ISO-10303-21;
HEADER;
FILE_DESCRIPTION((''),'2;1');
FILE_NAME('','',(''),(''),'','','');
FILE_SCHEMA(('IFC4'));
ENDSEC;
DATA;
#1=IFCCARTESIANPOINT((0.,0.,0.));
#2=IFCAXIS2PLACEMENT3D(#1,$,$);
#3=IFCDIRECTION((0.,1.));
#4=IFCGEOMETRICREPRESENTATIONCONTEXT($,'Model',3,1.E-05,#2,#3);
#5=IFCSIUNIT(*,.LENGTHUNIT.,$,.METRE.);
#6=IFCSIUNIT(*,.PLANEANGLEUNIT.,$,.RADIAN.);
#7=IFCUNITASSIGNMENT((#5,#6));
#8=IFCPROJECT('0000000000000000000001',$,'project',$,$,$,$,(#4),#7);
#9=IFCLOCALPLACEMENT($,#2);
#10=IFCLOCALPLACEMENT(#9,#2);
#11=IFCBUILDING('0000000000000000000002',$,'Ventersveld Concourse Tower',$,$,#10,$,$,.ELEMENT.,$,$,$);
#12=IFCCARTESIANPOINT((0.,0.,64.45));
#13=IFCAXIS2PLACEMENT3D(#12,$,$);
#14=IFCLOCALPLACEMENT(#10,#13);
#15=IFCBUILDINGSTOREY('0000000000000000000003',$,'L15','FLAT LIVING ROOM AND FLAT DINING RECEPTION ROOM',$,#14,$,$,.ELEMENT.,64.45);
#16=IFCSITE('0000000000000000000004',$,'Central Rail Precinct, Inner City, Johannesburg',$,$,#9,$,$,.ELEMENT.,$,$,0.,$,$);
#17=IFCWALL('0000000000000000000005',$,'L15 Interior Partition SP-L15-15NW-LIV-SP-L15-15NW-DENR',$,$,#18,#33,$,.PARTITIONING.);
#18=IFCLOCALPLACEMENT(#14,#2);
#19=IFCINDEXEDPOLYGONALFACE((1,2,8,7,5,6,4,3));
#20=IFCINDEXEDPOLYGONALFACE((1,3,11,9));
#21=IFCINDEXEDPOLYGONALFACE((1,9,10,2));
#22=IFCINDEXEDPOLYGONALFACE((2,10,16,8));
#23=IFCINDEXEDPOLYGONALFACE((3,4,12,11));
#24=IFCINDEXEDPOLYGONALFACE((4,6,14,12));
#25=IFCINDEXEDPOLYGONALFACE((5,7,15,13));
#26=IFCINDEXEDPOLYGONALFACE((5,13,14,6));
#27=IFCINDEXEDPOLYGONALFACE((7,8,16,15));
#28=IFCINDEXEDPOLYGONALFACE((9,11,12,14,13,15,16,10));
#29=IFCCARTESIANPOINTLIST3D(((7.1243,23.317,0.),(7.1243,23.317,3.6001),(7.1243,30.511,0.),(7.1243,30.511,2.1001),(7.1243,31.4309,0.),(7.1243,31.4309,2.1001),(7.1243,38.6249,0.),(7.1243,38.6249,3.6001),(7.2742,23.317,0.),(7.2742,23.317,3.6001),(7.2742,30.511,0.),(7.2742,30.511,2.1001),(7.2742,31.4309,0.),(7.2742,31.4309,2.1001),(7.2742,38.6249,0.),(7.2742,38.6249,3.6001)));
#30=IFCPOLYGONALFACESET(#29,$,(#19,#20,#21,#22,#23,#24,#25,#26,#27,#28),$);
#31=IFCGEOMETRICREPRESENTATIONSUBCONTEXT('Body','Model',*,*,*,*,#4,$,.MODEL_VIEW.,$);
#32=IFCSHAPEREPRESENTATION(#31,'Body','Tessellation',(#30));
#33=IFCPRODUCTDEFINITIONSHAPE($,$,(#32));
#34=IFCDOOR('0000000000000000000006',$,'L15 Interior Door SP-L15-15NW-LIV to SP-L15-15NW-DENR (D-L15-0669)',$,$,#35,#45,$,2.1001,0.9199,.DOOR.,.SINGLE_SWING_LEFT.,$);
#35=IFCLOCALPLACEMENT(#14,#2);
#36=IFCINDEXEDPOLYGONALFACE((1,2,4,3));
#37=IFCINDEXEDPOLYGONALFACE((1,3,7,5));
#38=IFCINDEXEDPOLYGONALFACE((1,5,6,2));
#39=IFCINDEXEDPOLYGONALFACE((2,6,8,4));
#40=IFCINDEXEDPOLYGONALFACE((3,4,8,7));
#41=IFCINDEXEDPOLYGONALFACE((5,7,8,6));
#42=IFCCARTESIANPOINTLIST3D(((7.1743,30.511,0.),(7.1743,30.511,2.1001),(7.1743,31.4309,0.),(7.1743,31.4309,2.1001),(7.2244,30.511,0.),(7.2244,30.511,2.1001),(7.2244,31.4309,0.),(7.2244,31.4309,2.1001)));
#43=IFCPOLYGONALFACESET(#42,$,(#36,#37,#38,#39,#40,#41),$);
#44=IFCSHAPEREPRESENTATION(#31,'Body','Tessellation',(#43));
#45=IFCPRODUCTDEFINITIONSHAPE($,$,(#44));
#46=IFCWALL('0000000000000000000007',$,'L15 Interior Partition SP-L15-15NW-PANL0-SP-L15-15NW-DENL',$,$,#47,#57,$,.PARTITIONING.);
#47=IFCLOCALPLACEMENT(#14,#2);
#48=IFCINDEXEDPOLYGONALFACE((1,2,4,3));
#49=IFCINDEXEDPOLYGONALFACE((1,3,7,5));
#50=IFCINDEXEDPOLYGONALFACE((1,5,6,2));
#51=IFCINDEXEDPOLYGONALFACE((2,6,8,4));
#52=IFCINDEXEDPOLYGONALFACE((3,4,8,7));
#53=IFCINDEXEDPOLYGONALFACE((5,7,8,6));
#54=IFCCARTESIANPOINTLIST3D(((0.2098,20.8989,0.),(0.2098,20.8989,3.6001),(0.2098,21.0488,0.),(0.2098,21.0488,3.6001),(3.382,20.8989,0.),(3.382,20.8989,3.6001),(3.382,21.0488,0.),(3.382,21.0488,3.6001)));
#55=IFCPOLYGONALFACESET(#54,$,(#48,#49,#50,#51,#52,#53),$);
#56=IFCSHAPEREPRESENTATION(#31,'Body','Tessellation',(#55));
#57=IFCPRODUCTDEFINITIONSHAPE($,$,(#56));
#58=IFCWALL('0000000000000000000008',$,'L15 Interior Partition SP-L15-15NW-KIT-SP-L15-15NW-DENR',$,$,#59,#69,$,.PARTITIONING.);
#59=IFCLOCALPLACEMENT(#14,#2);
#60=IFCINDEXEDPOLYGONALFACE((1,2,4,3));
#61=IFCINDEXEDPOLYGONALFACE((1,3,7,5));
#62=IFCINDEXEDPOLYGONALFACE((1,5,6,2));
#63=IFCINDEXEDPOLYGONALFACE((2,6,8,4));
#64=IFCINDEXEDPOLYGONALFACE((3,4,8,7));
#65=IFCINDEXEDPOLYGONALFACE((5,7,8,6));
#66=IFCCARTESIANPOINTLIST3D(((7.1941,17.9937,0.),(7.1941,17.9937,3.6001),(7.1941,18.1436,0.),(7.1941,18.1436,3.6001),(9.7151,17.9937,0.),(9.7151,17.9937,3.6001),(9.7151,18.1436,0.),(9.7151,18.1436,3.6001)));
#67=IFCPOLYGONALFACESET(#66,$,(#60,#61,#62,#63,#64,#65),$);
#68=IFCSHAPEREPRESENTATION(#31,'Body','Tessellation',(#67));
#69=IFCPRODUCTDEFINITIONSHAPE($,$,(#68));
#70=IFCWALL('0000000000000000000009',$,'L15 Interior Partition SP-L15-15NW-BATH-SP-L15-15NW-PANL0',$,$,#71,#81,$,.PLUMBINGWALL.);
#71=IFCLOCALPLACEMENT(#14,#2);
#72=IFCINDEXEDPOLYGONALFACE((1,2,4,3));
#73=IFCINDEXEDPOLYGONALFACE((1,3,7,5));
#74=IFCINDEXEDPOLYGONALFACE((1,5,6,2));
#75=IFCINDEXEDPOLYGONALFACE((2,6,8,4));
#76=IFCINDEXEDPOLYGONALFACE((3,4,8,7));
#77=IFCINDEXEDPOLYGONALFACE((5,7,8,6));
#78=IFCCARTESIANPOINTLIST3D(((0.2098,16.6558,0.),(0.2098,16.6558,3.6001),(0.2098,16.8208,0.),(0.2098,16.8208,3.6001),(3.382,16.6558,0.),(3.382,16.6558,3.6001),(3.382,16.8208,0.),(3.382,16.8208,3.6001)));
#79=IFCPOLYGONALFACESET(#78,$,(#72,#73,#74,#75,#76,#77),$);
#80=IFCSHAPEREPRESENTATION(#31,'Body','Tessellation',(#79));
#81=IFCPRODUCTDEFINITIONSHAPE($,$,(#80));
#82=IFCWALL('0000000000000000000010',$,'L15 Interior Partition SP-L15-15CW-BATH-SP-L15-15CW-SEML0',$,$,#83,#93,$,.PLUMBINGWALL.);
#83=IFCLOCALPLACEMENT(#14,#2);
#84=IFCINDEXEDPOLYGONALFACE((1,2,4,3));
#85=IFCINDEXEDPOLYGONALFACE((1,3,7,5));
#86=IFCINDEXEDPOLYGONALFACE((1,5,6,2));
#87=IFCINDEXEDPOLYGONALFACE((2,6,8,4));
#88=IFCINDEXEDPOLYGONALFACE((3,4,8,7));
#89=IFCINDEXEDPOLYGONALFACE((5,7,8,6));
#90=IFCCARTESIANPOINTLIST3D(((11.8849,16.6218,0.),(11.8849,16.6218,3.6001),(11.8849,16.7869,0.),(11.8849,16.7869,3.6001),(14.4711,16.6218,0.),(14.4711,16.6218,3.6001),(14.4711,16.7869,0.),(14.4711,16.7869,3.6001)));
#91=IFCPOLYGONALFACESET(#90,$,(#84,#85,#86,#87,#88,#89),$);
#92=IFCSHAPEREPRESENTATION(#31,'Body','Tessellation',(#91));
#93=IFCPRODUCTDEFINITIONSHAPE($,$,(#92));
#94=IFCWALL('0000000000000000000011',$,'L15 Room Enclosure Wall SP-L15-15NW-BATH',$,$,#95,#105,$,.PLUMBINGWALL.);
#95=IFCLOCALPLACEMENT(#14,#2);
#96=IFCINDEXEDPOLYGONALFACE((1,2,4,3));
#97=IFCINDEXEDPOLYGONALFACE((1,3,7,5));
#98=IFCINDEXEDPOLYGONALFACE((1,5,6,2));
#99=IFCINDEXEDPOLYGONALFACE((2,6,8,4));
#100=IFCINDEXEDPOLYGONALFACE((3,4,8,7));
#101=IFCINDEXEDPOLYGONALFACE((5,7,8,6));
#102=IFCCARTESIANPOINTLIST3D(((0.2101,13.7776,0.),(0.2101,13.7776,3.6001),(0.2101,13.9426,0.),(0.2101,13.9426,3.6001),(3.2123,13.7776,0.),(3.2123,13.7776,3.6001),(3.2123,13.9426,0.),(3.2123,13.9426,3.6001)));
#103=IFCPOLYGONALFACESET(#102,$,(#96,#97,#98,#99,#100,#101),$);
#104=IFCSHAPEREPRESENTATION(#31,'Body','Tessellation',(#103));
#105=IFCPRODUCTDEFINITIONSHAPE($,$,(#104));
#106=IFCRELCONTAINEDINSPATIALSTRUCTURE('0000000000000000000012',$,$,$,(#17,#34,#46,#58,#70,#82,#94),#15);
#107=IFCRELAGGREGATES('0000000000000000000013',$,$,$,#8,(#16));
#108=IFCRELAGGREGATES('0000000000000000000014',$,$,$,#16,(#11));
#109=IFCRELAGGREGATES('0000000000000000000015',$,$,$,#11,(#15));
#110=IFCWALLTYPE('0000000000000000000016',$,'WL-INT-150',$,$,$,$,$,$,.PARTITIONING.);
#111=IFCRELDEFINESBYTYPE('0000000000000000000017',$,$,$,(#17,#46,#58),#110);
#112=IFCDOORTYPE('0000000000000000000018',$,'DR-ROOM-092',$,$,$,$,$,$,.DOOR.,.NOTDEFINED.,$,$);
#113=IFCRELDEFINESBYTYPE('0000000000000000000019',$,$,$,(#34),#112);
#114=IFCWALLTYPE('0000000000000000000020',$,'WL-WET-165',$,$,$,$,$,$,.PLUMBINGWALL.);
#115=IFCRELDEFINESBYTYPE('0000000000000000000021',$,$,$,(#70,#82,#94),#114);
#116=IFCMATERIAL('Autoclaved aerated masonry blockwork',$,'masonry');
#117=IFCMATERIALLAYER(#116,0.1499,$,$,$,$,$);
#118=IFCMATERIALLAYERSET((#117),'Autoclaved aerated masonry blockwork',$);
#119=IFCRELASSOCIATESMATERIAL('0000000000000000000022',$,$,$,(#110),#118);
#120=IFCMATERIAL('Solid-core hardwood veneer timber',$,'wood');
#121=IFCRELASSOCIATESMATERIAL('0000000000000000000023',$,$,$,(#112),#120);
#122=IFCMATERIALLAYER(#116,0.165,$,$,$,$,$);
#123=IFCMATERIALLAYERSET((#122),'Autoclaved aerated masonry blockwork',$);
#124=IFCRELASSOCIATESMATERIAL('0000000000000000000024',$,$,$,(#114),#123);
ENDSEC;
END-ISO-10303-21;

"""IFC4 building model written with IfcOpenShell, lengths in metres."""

from ifc_helpers import new_model, si_unit, direction, frame, frame_2d, origin, place, context, subcontext, project, spatial, rectangle, extrude, material, layer, layer_set, type_object, element, fill, save


model = new_model("IFC4")

# Units and contexts
model_context = context("Model", 3, precision=1e-05, world=origin(), true_north=direction((0.0, 1.0)))
body_context = subcontext(model_context, "Body", "Model", "MODEL_VIEW")
ifc_project = project(units=[si_unit("LENGTHUNIT", "METRE"), si_unit("PLANEANGLEUNIT", "RADIAN")], contexts=[model_context])

# Site, building, storey
site_placement = place(None, origin())
site = spatial("IfcSite", under=ifc_project, at=site_placement, Name="Central Rail Precinct, Inner City, Johannesburg", CompositionType="ELEMENT", RefElevation=0.0)
building_placement = place(site_placement, origin())
building = spatial("IfcBuilding", under=site, at=building_placement, Name="Ventersveld Concourse Tower", CompositionType="ELEMENT")
storey_placement = place(building_placement, frame((0.0, 0.0, 64.45)))
storey = spatial("IfcBuildingStorey", under=building, at=storey_placement, Name="L15", Description="FLAT LIVING ROOM AND FLAT DINING RECEPTION ROOM", CompositionType="ELEMENT", Elevation=64.45)

# Wall, opening, door
ifc_material_1 = material(Name="Autoclaved aerated masonry blockwork", Category="masonry")
ifc_layer_1 = layer(ifc_material_1, 0.1499)
ifc_layer_set_1 = layer_set([ifc_layer_1], Name="Autoclaved aerated masonry blockwork")
wall_type_1 = type_object("IfcWallType", Name="WL-INT-150", PredefinedType="PARTITIONING", material=ifc_layer_set_1)
ifc_material_2 = material(Name="Solid-core hardwood veneer timber", Category="wood")
door_type = type_object("IfcDoorType", Name="DR-ROOM-092", OperationType="NOTDEFINED", PredefinedType="DOOR", material=ifc_material_2)
wall_1_placement = place(storey_placement, frame((7.1992, 23.3171, 0.0), z_axis=(0.0, 0.0, 1.0), x_axis=(0.0, 1.0, 0.0)))
wall_1 = element("IfcWall", 1, at=wall_1_placement, inside=storey, type_object=wall_type_1, Name="L15 Interior Partition SP-L15-15NW-LIV-SP-L15-15NW-DENR", PredefinedType="PARTITIONING", context=body_context, shape_type="SweptSolid", body=[
    extrude(rectangle(XDim=15.3079, YDim=0.1499, at=frame_2d((7.6538, 0.0))), origin(), (0.0, 0.0, 1.0), 3.6001),
])
opening_1_placement = place(wall_1_placement, frame((7.1938, 0.0, 0.0)))
opening_1 = element("IfcOpeningElement", 2, at=opening_1_placement, cuts=wall_1, PredefinedType="OPENING", context=body_context, shape_type="SweptSolid", body=[
    extrude(rectangle(XDim=0.9199, YDim=2.1001, at=frame_2d((0.46, 1.05))), frame((0.0, 0.085, 0.0), z_axis=(0.0, -1.0, 0.0), x_axis=(1.0, 0.0, 0.0)), (0.0, 0.0, 1.0), 0.1699),
])
door_1_placement = place(opening_1_placement, origin())
door_1 = element("IfcDoor", 3, at=door_1_placement, inside=storey, type_object=door_type, Name="L15 Interior Door SP-L15-15NW-LIV to SP-L15-15NW-DENR (D-L15-0669)", OperationType="SINGLE_SWING_LEFT", OverallHeight=2.1001, OverallWidth=0.9199, PredefinedType="DOOR", context=body_context, shape_type="SweptSolid", body=[
    extrude(rectangle(XDim=0.9199, YDim=2.1001, at=frame_2d((0.46, 1.05))), frame((0.0, 0.0249, 0.0), z_axis=(0.0, -1.0, 0.0), x_axis=(1.0, 0.0, 0.0)), (0.0, 0.0, 1.0), 0.05),
])
fill(opening_1, door_1)

# Walls
wall_2_placement = place(storey_placement, frame((0.21, 20.9739, 0.0), z_axis=(0.0, 0.0, 1.0), x_axis=(1.0, 0.0, 0.0)))
element("IfcWall", 4, at=wall_2_placement, inside=storey, type_object=wall_type_1, Name="L15 Interior Partition SP-L15-15NW-PANL0-SP-L15-15NW-DENL", PredefinedType="PARTITIONING", context=body_context, shape_type="SweptSolid", body=[
    extrude(rectangle(XDim=3.1721, YDim=0.1499, at=frame_2d((1.5859, 0.0))), origin(), (0.0, 0.0, 1.0), 3.6001),
])
wall_3_placement = place(storey_placement, frame((7.1941, 18.0686, 0.0), z_axis=(0.0, 0.0, 1.0), x_axis=(1.0, 0.0, 0.0)))
element("IfcWall", 5, at=wall_3_placement, inside=storey, type_object=wall_type_1, Name="L15 Interior Partition SP-L15-15NW-KIT-SP-L15-15NW-DENR", PredefinedType="PARTITIONING", context=body_context, shape_type="SweptSolid", body=[
    extrude(rectangle(XDim=2.521, YDim=0.1499, at=frame_2d((1.2605, 0.0))), origin(), (0.0, 0.0, 1.0), 3.6001),
])
ifc_layer_2 = layer(ifc_material_1, 0.165)
ifc_layer_set_2 = layer_set([ifc_layer_2], Name="Autoclaved aerated masonry blockwork")
wall_type_2 = type_object("IfcWallType", Name="WL-WET-165", PredefinedType="PLUMBINGWALL", material=ifc_layer_set_2)
wall_4_placement = place(storey_placement, frame((0.21, 16.7383, 0.0), z_axis=(0.0, 0.0, 1.0), x_axis=(1.0, 0.0, 0.0)))
element("IfcWall", 6, at=wall_4_placement, inside=storey, type_object=wall_type_2, Name="L15 Interior Partition SP-L15-15NW-BATH-SP-L15-15NW-PANL0", PredefinedType="PLUMBINGWALL", context=body_context, shape_type="SweptSolid", body=[
    extrude(rectangle(XDim=3.1721, YDim=0.165, at=frame_2d((1.5859, 0.0))), origin(), (0.0, 0.0, 1.0), 3.6001),
])
wall_5_placement = place(storey_placement, frame((11.885, 16.7043, 0.0), z_axis=(0.0, 0.0, 1.0), x_axis=(1.0, 0.0, 0.0)))
element("IfcWall", 7, at=wall_5_placement, inside=storey, type_object=wall_type_2, Name="L15 Interior Partition SP-L15-15CW-BATH-SP-L15-15CW-SEML0", PredefinedType="PLUMBINGWALL", context=body_context, shape_type="SweptSolid", body=[
    extrude(rectangle(XDim=2.5862, YDim=0.165, at=frame_2d((1.293, 0.0))), origin(), (0.0, 0.0, 1.0), 3.6001),
])
wall_6_placement = place(storey_placement, frame((3.2122, 13.8601, 0.0), z_axis=(0.0, 0.0, 1.0), x_axis=(-1.0, 0.0, 0.0)))
element("IfcWall", 8, at=wall_6_placement, inside=storey, type_object=wall_type_2, Name="L15 Room Enclosure Wall SP-L15-15NW-BATH", PredefinedType="PLUMBINGWALL", context=body_context, shape_type="SweptSolid", body=[
    extrude(rectangle(XDim=3.0022, YDim=0.165, at=frame_2d((1.501, 0.0))), origin(), (0.0, 0.0, 1.0), 3.6001),
])

save(model, "model.ifc")
